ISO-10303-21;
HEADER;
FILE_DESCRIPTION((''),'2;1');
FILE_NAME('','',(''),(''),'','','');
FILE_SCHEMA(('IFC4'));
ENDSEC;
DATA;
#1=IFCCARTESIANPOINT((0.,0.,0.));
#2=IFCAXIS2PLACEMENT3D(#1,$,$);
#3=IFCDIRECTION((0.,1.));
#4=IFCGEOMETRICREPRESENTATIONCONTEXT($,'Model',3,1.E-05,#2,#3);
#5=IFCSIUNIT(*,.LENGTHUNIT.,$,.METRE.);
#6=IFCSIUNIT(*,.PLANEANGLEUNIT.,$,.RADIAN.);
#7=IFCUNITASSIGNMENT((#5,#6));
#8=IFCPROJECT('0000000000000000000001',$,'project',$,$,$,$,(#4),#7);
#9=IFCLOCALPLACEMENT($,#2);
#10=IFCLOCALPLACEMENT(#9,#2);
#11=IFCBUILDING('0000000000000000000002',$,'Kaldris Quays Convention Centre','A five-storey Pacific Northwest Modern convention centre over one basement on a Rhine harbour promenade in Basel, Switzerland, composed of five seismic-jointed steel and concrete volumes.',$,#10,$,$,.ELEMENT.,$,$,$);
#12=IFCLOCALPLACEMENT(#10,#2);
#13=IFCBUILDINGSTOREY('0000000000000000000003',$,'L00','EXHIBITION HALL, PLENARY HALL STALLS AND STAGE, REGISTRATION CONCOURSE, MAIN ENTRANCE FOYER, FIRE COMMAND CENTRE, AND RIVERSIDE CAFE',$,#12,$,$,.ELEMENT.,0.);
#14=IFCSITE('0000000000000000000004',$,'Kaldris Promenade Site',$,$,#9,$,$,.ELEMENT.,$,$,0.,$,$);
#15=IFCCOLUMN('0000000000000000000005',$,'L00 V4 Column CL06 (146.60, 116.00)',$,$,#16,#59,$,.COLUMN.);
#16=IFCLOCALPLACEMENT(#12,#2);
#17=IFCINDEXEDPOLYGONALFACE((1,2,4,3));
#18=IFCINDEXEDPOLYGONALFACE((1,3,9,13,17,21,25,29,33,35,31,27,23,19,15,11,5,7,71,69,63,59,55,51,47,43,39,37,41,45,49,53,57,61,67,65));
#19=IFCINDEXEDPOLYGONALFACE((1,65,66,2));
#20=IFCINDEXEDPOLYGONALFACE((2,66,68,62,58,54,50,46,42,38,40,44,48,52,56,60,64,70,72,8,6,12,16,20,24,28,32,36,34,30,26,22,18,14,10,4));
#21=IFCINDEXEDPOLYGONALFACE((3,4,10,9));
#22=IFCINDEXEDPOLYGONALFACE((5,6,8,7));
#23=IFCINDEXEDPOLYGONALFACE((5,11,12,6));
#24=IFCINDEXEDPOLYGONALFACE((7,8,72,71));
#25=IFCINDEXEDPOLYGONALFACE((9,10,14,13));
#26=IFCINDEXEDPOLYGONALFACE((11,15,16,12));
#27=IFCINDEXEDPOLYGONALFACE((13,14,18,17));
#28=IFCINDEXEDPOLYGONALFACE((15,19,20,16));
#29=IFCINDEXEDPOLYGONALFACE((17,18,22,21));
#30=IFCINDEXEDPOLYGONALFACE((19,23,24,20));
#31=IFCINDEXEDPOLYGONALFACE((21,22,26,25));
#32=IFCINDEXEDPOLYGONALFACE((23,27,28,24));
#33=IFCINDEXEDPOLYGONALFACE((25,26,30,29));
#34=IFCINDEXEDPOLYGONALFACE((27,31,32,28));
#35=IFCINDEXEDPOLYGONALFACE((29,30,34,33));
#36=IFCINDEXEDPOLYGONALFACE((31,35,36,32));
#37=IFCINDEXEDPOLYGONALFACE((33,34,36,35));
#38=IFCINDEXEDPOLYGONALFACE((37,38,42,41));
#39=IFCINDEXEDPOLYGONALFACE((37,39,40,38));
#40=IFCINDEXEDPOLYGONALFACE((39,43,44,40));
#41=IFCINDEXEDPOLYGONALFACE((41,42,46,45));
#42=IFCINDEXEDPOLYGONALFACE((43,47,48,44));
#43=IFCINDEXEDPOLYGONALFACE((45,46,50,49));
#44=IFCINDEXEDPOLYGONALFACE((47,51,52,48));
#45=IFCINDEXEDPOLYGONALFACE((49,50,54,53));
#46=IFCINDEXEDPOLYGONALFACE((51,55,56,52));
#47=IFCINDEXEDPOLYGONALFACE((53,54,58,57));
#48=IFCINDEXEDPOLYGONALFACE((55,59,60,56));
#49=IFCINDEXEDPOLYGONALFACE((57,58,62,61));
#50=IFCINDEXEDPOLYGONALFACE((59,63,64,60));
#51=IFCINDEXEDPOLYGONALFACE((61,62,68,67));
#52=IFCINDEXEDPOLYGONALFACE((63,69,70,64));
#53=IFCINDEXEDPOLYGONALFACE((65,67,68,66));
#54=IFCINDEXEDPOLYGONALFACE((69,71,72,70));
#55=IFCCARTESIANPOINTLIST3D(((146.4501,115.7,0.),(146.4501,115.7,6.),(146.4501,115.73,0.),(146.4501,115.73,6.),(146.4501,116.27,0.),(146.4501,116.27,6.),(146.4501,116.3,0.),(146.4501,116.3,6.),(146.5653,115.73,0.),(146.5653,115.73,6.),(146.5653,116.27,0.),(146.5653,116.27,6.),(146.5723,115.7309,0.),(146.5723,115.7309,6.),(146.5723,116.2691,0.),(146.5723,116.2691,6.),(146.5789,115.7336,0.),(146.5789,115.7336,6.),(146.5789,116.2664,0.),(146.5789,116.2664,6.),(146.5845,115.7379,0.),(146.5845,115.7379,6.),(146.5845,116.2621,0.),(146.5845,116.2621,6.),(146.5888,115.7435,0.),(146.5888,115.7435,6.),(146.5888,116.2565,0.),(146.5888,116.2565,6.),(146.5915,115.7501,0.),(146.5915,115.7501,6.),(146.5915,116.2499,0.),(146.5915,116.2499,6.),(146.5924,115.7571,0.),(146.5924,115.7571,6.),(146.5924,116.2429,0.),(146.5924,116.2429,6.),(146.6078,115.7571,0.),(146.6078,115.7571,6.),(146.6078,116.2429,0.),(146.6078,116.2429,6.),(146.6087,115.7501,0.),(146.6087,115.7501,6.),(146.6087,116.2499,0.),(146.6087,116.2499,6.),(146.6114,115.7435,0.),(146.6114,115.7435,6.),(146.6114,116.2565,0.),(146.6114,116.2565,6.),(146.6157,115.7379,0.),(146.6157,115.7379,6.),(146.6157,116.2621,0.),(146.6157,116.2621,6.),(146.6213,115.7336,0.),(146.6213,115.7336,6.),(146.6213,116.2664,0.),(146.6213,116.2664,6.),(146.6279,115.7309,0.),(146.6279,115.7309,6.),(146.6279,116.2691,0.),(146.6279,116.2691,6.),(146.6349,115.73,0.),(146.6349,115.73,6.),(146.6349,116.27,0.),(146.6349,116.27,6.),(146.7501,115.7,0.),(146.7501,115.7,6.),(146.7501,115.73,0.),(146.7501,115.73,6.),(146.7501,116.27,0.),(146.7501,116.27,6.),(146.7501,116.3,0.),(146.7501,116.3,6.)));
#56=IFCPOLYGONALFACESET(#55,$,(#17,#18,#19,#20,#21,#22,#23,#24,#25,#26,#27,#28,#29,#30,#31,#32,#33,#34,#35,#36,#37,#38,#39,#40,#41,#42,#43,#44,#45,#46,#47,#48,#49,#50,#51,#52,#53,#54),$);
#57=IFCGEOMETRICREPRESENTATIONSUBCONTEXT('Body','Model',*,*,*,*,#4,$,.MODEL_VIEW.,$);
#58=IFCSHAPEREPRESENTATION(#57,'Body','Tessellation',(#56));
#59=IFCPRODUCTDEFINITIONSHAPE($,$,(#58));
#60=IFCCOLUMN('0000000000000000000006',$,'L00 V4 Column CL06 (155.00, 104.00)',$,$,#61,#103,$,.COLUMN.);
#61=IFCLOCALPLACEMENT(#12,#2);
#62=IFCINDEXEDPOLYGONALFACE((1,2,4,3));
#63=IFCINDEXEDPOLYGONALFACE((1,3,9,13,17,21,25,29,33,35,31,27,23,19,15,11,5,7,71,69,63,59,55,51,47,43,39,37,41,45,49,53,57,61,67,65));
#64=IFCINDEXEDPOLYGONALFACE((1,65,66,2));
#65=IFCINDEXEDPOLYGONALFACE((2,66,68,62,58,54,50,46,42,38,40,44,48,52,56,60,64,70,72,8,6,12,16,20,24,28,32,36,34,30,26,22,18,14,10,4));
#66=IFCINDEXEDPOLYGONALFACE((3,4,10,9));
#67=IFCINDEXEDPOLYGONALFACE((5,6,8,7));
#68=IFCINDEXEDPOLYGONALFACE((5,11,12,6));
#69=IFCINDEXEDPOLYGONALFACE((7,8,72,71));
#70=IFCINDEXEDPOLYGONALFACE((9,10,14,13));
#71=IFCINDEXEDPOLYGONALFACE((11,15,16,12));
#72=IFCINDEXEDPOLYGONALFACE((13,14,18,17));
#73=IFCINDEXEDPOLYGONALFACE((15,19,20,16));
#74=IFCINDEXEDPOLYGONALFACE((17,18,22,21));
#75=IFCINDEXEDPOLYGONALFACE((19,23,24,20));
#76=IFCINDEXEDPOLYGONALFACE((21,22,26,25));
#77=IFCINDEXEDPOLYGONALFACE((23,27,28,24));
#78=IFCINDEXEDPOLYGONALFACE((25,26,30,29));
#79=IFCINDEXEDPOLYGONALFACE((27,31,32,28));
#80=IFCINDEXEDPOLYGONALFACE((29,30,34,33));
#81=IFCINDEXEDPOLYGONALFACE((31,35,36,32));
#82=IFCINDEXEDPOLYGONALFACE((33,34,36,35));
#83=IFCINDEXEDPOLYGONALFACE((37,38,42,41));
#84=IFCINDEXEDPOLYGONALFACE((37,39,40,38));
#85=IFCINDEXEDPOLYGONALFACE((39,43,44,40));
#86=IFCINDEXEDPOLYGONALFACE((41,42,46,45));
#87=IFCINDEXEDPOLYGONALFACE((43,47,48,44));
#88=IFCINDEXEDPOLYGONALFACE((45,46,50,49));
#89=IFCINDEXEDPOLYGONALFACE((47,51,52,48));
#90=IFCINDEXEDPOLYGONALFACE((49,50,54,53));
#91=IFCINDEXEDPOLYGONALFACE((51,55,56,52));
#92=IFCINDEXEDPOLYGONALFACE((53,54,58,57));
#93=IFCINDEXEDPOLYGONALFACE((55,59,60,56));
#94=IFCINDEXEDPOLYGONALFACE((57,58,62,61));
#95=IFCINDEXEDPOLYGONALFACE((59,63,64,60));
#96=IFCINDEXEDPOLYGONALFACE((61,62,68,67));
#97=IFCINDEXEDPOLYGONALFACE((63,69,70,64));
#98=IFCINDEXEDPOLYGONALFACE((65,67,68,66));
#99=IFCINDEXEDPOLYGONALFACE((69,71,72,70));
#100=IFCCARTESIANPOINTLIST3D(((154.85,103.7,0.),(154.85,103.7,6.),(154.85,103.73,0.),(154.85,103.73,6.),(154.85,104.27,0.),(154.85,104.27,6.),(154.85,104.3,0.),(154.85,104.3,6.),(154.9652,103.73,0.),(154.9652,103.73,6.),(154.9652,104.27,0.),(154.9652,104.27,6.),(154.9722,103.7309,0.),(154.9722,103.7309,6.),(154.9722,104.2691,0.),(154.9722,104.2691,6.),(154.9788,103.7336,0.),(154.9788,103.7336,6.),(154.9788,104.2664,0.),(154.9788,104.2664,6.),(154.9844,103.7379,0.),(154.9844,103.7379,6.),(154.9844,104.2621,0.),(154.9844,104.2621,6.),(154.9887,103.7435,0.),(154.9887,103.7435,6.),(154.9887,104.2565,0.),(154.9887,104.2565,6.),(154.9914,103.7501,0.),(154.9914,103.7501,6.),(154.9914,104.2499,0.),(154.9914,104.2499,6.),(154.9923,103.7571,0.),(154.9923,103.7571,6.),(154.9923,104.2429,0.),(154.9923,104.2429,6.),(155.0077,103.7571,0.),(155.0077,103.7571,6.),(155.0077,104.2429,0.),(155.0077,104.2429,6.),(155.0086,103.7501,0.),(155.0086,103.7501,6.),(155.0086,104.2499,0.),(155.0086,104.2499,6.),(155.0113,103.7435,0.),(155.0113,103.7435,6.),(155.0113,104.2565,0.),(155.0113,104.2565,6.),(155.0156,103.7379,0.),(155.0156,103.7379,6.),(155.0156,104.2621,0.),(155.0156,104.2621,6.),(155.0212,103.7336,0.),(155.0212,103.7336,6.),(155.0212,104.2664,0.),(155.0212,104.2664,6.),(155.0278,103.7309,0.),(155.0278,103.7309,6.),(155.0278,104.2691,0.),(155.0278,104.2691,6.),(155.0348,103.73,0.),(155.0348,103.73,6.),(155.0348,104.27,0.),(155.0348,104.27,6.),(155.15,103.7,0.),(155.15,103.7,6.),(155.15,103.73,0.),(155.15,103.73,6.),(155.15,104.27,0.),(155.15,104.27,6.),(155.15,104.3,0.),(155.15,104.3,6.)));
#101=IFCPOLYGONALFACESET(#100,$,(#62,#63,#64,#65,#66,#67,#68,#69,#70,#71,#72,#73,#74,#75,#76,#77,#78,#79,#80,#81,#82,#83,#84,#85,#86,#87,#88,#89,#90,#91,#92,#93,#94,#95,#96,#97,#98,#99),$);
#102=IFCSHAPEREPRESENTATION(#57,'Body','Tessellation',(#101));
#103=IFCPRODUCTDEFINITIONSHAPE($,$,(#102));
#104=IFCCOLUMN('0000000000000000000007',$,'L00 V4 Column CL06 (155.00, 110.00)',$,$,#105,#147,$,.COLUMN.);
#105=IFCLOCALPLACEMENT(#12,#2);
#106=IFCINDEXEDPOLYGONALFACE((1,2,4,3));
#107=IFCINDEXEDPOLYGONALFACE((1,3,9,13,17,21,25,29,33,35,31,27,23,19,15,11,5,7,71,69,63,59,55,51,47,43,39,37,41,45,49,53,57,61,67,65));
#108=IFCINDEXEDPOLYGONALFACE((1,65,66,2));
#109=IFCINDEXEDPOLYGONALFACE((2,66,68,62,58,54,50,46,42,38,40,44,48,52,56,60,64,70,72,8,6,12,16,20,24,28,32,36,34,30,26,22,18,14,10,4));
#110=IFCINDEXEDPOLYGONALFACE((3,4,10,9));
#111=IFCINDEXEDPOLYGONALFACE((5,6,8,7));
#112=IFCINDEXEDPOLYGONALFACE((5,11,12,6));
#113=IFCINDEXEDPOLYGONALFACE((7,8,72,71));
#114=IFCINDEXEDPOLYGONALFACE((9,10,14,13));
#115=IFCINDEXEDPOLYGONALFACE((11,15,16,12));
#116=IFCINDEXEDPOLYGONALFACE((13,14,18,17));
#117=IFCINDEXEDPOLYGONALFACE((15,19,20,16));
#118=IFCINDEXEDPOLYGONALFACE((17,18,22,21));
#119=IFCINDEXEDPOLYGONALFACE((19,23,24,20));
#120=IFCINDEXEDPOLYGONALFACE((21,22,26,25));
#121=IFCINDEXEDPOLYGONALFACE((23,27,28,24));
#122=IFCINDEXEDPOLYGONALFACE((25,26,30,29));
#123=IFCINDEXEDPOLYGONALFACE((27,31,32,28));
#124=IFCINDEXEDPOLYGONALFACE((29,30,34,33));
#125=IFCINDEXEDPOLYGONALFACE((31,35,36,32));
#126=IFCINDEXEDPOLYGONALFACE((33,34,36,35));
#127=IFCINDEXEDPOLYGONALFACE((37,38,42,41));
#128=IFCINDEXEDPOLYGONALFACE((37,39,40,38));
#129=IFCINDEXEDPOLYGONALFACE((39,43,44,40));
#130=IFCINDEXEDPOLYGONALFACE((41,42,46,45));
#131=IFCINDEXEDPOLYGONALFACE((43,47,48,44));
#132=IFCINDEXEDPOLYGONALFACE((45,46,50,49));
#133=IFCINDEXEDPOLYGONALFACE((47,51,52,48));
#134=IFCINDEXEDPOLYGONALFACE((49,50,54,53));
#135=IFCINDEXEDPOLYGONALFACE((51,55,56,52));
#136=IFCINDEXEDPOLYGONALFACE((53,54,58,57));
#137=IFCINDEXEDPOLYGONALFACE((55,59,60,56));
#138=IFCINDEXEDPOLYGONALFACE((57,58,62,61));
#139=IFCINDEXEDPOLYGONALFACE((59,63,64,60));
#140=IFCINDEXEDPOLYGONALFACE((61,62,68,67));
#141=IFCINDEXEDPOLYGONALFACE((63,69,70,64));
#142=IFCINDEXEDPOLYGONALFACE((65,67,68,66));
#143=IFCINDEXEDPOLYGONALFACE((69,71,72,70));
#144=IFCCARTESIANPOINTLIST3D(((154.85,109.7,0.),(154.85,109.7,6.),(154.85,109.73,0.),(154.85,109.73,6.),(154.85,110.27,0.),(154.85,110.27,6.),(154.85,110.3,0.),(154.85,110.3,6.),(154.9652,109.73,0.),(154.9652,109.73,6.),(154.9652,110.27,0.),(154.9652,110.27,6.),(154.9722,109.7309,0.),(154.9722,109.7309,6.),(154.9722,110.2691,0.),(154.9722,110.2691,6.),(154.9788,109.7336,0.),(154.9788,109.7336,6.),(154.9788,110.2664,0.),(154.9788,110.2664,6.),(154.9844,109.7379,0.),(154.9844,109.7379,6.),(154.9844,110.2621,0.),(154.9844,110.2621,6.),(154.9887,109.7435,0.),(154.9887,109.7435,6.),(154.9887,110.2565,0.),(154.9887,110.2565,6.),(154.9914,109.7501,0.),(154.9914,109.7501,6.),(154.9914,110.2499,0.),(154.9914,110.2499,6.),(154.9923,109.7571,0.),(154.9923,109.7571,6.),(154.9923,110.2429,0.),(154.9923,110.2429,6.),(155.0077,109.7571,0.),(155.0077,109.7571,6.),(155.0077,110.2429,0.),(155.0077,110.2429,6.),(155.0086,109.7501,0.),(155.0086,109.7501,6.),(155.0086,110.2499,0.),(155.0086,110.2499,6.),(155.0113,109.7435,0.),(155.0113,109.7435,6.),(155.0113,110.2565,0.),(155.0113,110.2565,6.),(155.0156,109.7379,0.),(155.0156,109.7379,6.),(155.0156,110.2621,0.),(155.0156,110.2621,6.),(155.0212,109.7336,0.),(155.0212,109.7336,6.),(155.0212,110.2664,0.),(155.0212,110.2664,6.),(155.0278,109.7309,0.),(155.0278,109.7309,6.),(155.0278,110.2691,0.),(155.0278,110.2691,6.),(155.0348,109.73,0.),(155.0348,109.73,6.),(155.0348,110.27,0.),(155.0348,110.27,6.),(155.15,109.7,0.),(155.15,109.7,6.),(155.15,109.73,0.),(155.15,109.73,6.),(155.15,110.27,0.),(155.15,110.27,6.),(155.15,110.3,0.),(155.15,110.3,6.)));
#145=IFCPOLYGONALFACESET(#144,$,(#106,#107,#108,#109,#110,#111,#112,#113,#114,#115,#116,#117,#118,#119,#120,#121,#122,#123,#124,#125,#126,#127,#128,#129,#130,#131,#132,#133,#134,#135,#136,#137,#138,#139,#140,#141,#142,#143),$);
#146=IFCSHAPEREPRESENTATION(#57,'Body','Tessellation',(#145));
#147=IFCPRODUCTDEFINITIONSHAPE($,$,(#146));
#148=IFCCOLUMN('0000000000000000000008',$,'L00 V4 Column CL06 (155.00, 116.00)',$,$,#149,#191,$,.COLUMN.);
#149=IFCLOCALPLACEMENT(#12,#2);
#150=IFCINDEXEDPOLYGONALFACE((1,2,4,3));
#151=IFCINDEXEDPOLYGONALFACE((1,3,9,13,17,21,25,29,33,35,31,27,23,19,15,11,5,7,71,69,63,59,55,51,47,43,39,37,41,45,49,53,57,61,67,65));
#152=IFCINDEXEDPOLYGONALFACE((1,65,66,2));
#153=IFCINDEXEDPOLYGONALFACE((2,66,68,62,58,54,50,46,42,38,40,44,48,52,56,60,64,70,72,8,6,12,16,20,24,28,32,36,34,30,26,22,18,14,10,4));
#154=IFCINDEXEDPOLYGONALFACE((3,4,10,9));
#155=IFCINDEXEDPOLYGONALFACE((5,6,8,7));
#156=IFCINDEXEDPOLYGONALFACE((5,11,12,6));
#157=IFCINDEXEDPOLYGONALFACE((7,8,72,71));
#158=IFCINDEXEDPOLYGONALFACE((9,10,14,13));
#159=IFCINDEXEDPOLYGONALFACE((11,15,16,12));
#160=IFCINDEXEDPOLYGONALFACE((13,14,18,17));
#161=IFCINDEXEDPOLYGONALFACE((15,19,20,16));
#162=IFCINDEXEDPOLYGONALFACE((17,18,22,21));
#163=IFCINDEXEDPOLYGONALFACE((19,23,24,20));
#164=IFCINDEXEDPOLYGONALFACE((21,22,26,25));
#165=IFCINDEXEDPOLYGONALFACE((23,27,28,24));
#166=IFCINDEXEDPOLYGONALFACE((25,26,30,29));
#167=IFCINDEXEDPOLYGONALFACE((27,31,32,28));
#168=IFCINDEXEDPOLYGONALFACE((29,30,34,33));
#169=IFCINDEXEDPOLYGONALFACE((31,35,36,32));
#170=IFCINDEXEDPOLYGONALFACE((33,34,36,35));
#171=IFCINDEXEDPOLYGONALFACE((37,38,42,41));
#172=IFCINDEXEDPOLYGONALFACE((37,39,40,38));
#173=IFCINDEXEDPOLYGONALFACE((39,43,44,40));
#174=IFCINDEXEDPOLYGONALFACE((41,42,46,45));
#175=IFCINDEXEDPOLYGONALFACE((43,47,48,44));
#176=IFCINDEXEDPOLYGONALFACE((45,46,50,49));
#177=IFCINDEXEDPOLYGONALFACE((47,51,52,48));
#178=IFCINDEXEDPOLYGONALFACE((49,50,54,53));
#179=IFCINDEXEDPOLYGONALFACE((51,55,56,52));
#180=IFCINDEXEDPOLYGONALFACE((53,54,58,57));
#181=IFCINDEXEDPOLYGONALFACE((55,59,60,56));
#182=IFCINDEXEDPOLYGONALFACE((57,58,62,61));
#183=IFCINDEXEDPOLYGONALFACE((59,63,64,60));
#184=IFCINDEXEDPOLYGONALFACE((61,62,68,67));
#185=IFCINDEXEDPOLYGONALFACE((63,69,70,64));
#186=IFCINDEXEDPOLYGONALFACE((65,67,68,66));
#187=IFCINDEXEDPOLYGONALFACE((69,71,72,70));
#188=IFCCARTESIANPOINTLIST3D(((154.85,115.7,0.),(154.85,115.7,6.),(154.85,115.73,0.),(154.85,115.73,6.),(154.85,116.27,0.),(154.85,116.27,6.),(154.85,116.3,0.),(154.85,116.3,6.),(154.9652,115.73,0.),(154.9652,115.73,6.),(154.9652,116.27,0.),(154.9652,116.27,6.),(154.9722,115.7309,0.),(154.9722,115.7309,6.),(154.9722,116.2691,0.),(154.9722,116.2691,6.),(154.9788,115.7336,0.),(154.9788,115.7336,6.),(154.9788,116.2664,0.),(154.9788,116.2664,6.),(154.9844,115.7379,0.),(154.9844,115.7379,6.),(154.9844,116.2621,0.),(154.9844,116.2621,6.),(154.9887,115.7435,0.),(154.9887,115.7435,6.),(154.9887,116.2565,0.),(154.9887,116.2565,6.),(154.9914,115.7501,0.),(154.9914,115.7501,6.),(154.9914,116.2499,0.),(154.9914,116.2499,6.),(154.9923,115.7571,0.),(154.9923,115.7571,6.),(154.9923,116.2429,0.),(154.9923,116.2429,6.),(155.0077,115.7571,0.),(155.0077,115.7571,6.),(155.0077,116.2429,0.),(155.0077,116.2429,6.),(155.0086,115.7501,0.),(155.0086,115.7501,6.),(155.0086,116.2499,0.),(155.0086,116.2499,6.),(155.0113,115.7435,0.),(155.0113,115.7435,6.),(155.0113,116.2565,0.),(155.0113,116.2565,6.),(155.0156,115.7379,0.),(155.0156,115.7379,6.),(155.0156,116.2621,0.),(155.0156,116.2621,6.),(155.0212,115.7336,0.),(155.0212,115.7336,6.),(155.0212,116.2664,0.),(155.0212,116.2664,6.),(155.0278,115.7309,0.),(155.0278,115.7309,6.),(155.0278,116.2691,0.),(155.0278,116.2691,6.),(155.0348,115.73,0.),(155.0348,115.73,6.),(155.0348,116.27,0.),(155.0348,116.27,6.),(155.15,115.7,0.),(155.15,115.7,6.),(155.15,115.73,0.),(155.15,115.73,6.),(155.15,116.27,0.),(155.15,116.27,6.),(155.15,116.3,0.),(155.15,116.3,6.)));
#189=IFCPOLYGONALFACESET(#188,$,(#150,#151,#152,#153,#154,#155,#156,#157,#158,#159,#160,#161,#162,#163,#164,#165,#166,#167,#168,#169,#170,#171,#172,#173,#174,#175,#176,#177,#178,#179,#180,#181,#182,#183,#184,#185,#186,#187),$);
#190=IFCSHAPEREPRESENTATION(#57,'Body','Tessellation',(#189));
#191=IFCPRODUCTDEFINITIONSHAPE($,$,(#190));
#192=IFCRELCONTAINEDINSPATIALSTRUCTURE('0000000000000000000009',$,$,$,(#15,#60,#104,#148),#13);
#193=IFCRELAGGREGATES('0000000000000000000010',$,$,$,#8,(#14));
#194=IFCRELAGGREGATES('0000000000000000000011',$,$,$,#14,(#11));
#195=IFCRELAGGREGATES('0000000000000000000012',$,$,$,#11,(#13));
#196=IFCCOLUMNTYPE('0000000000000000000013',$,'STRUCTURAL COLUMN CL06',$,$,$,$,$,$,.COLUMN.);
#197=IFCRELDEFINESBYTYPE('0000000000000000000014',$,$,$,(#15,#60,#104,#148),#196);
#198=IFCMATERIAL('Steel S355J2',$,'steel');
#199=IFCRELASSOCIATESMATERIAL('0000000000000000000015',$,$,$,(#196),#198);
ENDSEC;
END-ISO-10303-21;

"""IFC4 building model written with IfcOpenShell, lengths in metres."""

from ifc_helpers import new_model, si_unit, direction, frame, origin, origin_2d, place, context, subcontext, project, spatial, i_section, extrude, material, material_profile, profile_set, type_object, element, save


model = new_model("IFC4")

# Units and contexts
model_context = context("Model", 3, precision=1e-05, world=origin(), true_north=direction((0.0, 1.0)))
body_context = subcontext(model_context, "Body", "Model", "MODEL_VIEW")
ifc_project = project(units=[si_unit("LENGTHUNIT", "METRE"), si_unit("PLANEANGLEUNIT", "RADIAN")], contexts=[model_context])

# Site, building, storey
site_placement = place(None, origin())
site = spatial("IfcSite", under=ifc_project, at=site_placement, Name="Kaldris Promenade Site", CompositionType="ELEMENT", RefElevation=0.0)
building_placement = place(site_placement, origin())
building = spatial("IfcBuilding", under=site, at=building_placement, Name="Kaldris Quays Convention Centre", Description="A five-storey Pacific Northwest Modern convention centre over one basement on a Rhine harbour promenade in Basel, Switzerland, composed of five seismic-jointed steel and concrete volumes.", CompositionType="ELEMENT")
storey_placement = place(building_placement, origin())
storey = spatial("IfcBuildingStorey", under=building, at=storey_placement, Name="L00", Description="EXHIBITION HALL, PLENARY HALL STALLS AND STAGE, REGISTRATION CONCOURSE, MAIN ENTRANCE FOYER, FIRE COMMAND CENTRE, AND RIVERSIDE CAFE", CompositionType="ELEMENT", Elevation=0.0)

# Columns
ifc_material_1 = material(Name="Steel S355J2", Category="steel")
ifc_material_profile_1 = material_profile(ifc_material_1, i_section(OverallWidth=0.3, OverallDepth=0.6001, WebThickness=0.0154, FlangeThickness=0.03, FilletRadius=0.0271, at=origin_2d()), Name="HEB 600")
ifc_profile_set_1 = profile_set([ifc_material_profile_1], Name="Steel S355J2")
column_type = type_object("IfcColumnType", Name="STRUCTURAL COLUMN CL06", PredefinedType="COLUMN", material=ifc_profile_set_1)
for number, where, z_axis, x_axis, name in (
    (1, (146.6001, 116.0, 0.0), (0.0, 0.0, 1.0), (1.0, 0.0, 0.0), "L00 V4 Column CL06 (146.60, 116.00)"),
    (2, (155.0, 104.0, 0.0), (0.0, 0.0, 1.0), (1.0, 0.0, 0.0), "L00 V4 Column CL06 (155.00, 104.00)"),
    (3, (155.0, 110.0, 0.0), (0.0, 0.0, 1.0), (1.0, 0.0, 0.0), "L00 V4 Column CL06 (155.00, 110.00)"),
    (4, (155.0, 116.0, 0.0), (0.0, 0.0, 1.0), (1.0, 0.0, 0.0), "L00 V4 Column CL06 (155.00, 116.00)"),
):
    element("IfcColumn", number, at=place(storey_placement, frame(where, z_axis=z_axis, x_axis=x_axis)), inside=storey, type_object=column_type, Name=name, PredefinedType="COLUMN", context=body_context, shape_type="SweptSolid", body=[
        extrude(i_section(OverallWidth=0.3, OverallDepth=0.6001, WebThickness=0.0154, FlangeThickness=0.03, FilletRadius=0.0271, at=origin_2d()), origin(), (0.0, 0.0, 1.0), 6.0),
    ])

save(model, "model.ifc")
